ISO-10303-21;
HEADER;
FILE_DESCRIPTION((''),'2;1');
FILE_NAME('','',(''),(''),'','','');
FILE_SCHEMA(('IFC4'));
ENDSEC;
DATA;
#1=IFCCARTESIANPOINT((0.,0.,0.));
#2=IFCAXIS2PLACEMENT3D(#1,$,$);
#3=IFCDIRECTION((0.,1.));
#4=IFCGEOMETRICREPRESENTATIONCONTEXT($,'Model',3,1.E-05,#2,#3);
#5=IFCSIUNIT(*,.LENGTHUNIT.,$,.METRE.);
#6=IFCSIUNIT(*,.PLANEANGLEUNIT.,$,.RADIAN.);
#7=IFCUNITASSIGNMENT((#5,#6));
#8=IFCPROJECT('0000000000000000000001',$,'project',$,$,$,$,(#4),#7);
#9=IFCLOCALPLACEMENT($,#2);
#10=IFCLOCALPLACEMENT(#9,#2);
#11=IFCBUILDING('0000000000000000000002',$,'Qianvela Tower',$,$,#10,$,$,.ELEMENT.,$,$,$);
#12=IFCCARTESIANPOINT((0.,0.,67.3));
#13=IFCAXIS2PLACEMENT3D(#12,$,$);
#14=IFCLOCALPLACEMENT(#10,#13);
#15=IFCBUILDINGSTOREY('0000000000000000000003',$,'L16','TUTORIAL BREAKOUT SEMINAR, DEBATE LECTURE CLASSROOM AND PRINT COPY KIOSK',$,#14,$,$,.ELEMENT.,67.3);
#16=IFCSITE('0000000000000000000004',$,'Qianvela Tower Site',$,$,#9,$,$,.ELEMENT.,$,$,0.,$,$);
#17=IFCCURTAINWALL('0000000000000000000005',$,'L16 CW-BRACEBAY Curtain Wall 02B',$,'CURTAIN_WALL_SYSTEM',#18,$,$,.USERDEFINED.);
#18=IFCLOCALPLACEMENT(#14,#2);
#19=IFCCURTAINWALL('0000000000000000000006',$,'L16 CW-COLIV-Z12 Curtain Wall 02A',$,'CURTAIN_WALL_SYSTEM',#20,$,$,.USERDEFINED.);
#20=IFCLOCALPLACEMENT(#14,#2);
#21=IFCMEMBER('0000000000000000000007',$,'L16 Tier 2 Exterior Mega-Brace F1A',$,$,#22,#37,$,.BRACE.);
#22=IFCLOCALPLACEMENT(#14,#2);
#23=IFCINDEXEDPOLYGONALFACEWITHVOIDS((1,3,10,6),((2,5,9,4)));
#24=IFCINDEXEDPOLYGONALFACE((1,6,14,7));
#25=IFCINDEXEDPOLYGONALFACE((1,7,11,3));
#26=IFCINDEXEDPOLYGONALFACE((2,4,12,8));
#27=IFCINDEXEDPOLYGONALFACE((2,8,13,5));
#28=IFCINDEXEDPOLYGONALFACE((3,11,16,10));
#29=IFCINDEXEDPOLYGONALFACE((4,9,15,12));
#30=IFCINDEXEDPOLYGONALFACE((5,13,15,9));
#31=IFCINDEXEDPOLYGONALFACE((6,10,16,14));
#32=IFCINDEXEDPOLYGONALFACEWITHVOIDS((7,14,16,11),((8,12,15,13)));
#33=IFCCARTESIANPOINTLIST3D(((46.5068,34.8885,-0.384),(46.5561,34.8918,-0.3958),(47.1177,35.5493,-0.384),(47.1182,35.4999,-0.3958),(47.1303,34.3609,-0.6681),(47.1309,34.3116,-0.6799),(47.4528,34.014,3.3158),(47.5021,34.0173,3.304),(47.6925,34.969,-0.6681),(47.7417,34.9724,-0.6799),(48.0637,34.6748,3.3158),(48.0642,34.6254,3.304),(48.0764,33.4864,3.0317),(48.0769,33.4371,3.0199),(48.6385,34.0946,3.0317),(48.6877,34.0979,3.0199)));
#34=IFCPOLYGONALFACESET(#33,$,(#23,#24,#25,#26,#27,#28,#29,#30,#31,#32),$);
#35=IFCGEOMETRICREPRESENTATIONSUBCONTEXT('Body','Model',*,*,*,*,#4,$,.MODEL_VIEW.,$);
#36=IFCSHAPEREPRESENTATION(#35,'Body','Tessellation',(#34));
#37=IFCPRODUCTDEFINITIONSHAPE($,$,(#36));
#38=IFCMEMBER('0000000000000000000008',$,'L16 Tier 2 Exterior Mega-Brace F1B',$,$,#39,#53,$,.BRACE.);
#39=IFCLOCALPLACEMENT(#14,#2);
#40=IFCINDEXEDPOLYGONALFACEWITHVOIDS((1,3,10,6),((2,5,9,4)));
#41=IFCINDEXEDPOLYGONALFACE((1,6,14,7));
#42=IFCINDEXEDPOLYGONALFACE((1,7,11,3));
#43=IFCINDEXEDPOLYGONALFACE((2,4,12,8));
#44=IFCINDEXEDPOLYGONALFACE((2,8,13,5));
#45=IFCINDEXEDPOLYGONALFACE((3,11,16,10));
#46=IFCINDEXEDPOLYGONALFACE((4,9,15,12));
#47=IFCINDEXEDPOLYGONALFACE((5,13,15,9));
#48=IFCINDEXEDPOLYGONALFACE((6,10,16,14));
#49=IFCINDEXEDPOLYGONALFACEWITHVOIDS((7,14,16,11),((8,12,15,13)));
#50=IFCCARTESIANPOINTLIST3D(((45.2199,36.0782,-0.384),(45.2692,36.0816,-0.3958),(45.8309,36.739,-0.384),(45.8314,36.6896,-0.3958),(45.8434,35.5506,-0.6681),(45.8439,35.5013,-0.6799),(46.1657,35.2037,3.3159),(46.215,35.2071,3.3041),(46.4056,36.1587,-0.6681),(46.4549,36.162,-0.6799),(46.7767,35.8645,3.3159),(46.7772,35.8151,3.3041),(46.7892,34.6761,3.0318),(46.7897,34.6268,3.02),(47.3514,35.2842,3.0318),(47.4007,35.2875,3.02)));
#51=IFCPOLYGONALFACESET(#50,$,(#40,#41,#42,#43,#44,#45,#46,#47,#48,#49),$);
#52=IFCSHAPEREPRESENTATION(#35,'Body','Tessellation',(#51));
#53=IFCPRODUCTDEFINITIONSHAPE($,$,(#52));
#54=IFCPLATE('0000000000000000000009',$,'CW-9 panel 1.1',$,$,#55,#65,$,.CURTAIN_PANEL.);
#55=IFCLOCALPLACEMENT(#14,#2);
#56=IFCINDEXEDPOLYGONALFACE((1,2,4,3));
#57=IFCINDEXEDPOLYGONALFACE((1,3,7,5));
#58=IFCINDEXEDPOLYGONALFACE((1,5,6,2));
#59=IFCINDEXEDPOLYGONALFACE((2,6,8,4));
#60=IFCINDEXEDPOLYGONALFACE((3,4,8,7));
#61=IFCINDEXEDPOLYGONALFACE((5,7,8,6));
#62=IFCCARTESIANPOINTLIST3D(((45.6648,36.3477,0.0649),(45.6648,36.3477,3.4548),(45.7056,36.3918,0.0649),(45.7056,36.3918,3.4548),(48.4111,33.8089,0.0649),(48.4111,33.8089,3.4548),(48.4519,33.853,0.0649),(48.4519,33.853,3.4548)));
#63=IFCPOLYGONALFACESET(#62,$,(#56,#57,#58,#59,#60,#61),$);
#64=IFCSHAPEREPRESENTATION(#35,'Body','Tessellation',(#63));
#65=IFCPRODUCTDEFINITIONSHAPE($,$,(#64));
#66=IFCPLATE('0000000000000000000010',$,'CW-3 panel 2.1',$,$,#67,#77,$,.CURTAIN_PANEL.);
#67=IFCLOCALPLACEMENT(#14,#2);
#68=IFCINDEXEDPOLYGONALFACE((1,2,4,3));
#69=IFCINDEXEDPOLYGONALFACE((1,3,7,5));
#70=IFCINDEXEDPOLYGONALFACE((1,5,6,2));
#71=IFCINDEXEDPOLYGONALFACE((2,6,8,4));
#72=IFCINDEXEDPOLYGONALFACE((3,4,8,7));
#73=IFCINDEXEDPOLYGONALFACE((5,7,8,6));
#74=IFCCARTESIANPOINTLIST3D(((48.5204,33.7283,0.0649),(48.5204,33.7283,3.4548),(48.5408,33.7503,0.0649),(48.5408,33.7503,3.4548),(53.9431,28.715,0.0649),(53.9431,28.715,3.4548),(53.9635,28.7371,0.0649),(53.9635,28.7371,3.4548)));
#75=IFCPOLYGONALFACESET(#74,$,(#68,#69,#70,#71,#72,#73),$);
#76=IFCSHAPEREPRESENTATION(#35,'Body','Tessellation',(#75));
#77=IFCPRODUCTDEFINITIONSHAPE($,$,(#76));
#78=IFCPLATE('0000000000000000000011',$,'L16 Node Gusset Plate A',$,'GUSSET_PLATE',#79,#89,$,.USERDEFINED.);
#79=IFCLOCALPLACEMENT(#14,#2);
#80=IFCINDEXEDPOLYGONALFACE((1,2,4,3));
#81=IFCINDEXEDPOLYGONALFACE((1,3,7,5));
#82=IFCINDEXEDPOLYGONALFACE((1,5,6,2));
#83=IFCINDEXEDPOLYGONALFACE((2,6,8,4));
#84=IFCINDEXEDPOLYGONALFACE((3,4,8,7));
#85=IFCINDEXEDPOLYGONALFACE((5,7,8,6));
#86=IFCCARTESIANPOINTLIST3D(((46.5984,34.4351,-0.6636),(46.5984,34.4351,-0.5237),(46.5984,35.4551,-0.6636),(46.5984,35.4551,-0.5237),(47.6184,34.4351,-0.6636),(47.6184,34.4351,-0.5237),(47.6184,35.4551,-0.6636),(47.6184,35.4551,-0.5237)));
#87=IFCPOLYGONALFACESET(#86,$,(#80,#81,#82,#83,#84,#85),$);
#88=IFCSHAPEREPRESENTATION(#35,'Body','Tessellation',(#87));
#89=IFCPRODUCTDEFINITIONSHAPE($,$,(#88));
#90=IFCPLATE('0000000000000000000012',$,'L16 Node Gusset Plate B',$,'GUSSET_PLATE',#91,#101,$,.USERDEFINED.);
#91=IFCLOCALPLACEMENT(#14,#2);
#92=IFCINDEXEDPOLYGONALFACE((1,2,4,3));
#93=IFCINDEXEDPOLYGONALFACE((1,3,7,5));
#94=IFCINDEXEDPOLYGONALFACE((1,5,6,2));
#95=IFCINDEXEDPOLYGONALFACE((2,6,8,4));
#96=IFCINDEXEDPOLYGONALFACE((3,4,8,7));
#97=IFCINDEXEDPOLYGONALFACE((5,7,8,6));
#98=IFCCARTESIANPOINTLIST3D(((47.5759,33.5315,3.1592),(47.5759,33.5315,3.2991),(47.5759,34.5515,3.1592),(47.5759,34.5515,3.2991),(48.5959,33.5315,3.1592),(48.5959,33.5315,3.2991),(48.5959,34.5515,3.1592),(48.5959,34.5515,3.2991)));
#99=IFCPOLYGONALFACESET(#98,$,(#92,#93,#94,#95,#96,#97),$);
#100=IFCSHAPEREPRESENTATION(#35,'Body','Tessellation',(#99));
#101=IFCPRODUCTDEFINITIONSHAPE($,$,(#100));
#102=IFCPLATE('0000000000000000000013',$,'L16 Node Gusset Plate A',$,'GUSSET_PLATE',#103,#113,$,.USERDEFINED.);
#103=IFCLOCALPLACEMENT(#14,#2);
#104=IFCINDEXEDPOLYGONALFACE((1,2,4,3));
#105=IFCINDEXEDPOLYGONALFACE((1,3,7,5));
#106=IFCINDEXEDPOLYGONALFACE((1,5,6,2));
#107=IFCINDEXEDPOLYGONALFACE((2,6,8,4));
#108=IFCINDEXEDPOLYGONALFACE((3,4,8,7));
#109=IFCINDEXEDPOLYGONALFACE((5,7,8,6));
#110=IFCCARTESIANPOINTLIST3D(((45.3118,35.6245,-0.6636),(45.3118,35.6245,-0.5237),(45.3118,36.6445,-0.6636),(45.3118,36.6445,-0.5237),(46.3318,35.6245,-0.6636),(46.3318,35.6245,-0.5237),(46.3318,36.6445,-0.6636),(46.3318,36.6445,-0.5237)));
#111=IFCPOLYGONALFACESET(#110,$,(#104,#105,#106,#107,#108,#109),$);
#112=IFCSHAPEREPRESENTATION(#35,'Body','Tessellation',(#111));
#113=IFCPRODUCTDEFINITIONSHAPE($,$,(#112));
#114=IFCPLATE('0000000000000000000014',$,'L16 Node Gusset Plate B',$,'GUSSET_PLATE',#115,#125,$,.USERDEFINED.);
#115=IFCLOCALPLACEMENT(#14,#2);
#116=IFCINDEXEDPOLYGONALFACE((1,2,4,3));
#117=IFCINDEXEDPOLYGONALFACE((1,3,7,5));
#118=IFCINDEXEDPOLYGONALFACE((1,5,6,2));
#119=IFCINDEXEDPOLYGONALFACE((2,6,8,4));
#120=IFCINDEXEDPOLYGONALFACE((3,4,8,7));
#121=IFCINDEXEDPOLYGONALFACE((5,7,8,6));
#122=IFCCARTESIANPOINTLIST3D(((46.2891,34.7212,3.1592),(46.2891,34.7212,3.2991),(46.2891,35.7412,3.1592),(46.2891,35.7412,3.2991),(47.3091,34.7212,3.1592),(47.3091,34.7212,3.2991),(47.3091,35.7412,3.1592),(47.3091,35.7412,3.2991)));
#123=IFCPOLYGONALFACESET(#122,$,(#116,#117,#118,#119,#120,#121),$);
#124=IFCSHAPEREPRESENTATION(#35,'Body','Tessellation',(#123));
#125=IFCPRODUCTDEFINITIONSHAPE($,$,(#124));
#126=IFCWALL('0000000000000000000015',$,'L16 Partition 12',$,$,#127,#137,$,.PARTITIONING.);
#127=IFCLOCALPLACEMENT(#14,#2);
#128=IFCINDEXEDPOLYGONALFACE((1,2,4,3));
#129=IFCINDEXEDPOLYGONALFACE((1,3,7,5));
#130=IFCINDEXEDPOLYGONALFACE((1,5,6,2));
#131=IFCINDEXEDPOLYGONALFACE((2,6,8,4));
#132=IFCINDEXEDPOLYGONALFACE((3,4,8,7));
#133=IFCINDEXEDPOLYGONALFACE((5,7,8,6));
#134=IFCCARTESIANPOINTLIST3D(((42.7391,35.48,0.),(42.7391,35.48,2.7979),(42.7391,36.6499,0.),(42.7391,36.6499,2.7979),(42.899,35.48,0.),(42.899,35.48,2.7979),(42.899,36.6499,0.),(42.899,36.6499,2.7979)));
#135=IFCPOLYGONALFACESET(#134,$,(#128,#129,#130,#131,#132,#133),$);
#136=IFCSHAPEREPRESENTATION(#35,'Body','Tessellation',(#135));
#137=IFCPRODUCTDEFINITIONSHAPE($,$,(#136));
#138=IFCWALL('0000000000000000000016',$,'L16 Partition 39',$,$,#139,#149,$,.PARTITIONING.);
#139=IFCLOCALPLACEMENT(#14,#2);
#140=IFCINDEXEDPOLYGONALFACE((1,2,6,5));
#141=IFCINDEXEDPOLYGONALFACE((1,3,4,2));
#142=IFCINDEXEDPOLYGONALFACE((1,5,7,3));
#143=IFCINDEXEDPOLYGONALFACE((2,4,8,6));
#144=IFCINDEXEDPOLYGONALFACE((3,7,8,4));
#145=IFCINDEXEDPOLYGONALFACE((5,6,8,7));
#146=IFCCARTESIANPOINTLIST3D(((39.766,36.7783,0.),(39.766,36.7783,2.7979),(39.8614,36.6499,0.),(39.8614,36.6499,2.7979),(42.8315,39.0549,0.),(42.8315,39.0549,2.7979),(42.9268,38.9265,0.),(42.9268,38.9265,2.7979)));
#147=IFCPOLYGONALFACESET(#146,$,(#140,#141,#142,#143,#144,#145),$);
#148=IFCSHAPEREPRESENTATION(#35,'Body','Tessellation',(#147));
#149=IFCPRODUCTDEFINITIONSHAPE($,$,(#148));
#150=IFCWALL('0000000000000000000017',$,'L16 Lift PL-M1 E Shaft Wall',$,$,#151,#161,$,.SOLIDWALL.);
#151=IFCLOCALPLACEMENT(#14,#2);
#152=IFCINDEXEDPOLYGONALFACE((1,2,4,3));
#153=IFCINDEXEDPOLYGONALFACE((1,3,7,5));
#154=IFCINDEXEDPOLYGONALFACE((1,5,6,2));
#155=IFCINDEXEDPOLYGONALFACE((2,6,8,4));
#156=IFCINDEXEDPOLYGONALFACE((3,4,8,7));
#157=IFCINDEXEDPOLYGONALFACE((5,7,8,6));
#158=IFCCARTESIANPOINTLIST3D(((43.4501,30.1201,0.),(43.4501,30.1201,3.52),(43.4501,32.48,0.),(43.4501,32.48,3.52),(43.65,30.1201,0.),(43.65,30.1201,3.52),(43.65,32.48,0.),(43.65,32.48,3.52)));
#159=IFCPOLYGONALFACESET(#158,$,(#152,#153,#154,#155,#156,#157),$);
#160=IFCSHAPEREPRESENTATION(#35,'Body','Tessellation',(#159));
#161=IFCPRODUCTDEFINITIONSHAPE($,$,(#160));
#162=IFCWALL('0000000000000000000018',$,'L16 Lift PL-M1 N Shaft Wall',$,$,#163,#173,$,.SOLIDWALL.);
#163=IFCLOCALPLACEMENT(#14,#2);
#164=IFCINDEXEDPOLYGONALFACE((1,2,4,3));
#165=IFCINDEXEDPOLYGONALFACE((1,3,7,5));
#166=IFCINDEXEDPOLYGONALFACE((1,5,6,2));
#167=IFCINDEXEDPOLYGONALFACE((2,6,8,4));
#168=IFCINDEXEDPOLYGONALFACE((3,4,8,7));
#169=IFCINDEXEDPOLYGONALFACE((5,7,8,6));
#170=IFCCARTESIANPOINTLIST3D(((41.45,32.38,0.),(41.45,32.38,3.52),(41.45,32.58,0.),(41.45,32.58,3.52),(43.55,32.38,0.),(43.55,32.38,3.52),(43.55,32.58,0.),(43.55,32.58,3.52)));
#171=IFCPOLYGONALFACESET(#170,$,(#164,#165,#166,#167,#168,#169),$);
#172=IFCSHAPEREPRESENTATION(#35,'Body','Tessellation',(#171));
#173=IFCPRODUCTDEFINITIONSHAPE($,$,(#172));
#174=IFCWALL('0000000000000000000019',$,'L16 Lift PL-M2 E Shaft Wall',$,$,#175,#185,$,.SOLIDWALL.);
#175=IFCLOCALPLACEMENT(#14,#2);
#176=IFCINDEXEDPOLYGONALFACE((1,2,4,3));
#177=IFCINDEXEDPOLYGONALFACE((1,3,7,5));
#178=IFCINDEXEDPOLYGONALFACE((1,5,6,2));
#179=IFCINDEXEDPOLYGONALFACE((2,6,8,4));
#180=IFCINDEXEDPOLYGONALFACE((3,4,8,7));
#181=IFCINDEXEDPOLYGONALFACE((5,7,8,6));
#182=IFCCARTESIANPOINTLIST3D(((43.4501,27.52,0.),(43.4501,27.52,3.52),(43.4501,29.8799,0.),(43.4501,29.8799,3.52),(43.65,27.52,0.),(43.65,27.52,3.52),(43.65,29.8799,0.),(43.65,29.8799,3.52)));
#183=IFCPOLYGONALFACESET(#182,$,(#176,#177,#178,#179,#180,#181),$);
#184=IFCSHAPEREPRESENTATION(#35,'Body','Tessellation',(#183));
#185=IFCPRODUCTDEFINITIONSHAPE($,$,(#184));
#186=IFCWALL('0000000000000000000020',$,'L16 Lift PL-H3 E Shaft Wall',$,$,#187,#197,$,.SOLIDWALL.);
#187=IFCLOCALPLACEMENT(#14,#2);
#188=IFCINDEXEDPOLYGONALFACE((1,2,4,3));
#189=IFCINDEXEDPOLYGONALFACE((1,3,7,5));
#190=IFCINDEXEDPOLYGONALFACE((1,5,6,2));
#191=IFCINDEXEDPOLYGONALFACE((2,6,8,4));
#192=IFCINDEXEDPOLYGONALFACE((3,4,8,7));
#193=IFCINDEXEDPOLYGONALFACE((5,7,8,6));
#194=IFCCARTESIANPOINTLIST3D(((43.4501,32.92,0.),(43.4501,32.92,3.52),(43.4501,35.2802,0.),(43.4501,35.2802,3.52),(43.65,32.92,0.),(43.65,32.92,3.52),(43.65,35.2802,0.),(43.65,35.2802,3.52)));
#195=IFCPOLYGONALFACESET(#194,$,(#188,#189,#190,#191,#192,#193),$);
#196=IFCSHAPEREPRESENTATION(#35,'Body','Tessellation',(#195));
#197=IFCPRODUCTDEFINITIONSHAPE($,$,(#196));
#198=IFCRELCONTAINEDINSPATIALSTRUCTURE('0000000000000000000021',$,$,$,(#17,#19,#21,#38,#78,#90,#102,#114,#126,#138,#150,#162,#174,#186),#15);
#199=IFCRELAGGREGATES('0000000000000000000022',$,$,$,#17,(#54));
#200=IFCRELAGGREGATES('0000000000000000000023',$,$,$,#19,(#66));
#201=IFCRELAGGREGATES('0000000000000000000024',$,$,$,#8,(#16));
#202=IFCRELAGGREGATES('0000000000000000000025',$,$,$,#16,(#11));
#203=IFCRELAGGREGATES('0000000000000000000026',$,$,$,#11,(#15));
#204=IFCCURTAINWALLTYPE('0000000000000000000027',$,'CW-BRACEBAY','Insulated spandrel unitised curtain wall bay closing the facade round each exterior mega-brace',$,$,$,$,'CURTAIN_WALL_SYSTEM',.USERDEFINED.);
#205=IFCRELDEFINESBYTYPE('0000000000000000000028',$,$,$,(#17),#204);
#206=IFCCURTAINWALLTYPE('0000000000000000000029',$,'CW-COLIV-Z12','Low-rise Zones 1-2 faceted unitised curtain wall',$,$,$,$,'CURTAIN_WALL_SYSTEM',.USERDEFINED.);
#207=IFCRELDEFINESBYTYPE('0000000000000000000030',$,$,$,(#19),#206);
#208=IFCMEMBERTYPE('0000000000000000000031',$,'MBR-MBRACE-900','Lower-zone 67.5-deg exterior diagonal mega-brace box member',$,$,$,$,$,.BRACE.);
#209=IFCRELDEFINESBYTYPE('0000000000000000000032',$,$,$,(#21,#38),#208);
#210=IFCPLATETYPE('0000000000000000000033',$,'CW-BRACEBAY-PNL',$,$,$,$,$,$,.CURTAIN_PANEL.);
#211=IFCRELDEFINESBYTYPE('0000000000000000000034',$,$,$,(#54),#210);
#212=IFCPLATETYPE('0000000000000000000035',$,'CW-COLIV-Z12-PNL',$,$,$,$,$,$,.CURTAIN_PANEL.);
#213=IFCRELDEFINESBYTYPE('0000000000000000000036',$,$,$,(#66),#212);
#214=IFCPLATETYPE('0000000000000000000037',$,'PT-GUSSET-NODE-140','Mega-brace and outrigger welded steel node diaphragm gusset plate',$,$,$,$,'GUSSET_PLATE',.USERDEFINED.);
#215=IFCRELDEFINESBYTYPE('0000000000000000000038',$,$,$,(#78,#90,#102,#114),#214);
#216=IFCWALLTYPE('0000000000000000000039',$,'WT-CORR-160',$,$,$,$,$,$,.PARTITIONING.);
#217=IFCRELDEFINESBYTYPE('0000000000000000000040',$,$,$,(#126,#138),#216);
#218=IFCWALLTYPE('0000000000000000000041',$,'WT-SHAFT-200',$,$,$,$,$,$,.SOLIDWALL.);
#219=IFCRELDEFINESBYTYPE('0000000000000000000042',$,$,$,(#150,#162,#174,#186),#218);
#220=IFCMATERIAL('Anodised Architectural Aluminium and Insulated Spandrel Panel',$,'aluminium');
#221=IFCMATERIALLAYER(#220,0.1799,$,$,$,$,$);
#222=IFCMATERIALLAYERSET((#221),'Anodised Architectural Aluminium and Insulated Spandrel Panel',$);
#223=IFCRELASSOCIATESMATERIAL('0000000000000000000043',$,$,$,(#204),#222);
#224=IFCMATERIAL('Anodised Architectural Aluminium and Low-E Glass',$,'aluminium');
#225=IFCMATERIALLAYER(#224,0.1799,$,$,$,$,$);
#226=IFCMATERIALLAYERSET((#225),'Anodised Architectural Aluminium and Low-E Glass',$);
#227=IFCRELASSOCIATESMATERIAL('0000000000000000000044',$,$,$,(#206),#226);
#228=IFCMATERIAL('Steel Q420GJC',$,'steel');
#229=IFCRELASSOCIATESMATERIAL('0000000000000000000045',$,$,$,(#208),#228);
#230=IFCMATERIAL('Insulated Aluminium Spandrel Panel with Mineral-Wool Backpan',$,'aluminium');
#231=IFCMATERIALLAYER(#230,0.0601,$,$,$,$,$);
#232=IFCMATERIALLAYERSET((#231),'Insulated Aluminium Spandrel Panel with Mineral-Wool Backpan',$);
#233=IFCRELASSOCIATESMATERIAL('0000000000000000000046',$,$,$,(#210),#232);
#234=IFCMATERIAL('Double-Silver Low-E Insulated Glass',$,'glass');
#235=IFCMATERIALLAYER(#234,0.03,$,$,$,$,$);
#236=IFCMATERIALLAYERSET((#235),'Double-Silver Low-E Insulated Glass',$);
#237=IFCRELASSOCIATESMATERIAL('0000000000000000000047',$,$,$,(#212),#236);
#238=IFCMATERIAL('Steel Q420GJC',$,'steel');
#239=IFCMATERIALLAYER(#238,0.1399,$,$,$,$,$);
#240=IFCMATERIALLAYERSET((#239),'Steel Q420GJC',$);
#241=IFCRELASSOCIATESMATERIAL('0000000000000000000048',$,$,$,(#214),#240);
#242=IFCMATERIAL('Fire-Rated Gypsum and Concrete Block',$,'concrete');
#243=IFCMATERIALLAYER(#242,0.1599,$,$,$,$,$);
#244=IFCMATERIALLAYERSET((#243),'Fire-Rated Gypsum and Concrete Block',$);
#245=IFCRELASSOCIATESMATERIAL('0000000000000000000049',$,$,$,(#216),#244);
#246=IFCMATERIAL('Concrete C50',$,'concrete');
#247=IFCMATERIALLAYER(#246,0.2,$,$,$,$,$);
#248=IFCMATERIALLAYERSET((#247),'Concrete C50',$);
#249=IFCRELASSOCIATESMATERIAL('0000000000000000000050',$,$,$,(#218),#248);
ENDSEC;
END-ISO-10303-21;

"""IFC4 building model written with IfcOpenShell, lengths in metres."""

from ifc_helpers import new_model, si_unit, direction, frame, frame_2d, origin, origin_2d, place, context, subcontext, project, spatial, rectangle, hollow_rectangle, extrude, material, layer, layer_set, material_profile, profile_set, type_object, element, aggregate, save


model = new_model("IFC4")

# Units and contexts
model_context = context("Model", 3, precision=1e-05, world=origin(), true_north=direction((0.0, 1.0)))
body_context = subcontext(model_context, "Body", "Model", "MODEL_VIEW")
ifc_project = project(units=[si_unit("LENGTHUNIT", "METRE"), si_unit("PLANEANGLEUNIT", "RADIAN")], contexts=[model_context])

# Site, building, storey
site_placement = place(None, origin())
site = spatial("IfcSite", under=ifc_project, at=site_placement, Name="Qianvela Tower Site", CompositionType="ELEMENT", RefElevation=0.0)
building_placement = place(site_placement, origin())
building = spatial("IfcBuilding", under=site, at=building_placement, Name="Qianvela Tower", CompositionType="ELEMENT")
storey_placement = place(building_placement, frame((0.0, 0.0, 67.3)))
storey = spatial("IfcBuildingStorey", under=building, at=storey_placement, Name="L16", Description="TUTORIAL BREAKOUT SEMINAR, DEBATE LECTURE CLASSROOM AND PRINT COPY KIOSK", CompositionType="ELEMENT", Elevation=67.3)

# Curtain walls
ifc_material_1 = material(Name="Anodised Architectural Aluminium and Insulated Spandrel Panel", Category="aluminium")
ifc_layer_1 = layer(ifc_material_1, 0.1799)
ifc_layer_set_1 = layer_set([ifc_layer_1], Name="Anodised Architectural Aluminium and Insulated Spandrel Panel")
curtain_wall_type_1 = type_object("IfcCurtainWallType", Name="CW-BRACEBAY", Description="Insulated spandrel unitised curtain wall bay closing the facade round each exterior mega-brace", ElementType="CURTAIN_WALL_SYSTEM", PredefinedType="USERDEFINED", material=ifc_layer_set_1)
curtain_wall_1_placement = place(storey_placement, origin())
curtain_wall_1 = element("IfcCurtainWall", 1, at=curtain_wall_1_placement, inside=storey, type_object=curtain_wall_type_1, Name="L16 CW-BRACEBAY Curtain Wall 02B", ObjectType="CURTAIN_WALL_SYSTEM", PredefinedType="USERDEFINED")
ifc_material_2 = material(Name="Anodised Architectural Aluminium and Low-E Glass", Category="aluminium")
ifc_layer_2 = layer(ifc_material_2, 0.1799)
ifc_layer_set_2 = layer_set([ifc_layer_2], Name="Anodised Architectural Aluminium and Low-E Glass")
curtain_wall_type_2 = type_object("IfcCurtainWallType", Name="CW-COLIV-Z12", Description="Low-rise Zones 1-2 faceted unitised curtain wall", ElementType="CURTAIN_WALL_SYSTEM", PredefinedType="USERDEFINED", material=ifc_layer_set_2)
curtain_wall_2_placement = place(storey_placement, origin())
curtain_wall_2 = element("IfcCurtainWall", 2, at=curtain_wall_2_placement, inside=storey, type_object=curtain_wall_type_2, Name="L16 CW-COLIV-Z12 Curtain Wall 02A", ObjectType="CURTAIN_WALL_SYSTEM", PredefinedType="USERDEFINED")

# Members
ifc_material_3 = material(Name="Steel Q420GJC", Category="steel")
ifc_material_profile_1 = material_profile(ifc_material_3, hollow_rectangle(XDim=0.8999, YDim=0.8999, WallThickness=0.0359, at=origin_2d()), Name="MBOX-900x900x36")
ifc_profile_set_1 = profile_set([ifc_material_profile_1], Name="Steel Q420GJC")
member_type_1 = type_object("IfcMemberType", Name="MBR-MBRACE-900", Description="Lower-zone 67.5-deg exterior diagonal mega-brace box member", PredefinedType="BRACE", material=ifc_profile_set_1)
for number, where, z_axis, x_axis, name in (
    (3, (47.1243, 34.9304, -0.532), (0.241472, -0.223213, 0.944387), (0.678799, 0.734324, 0.0), "L16 Tier 2 Exterior Mega-Brace F1A"),
    (4, (45.8374, 36.1201, -0.532), (0.241413, -0.223217, 0.944402), (0.678894, 0.734236, 0.0), "L16 Tier 2 Exterior Mega-Brace F1B"),
):
    element("IfcMember", number, at=place(storey_placement, frame(where, z_axis=z_axis, x_axis=x_axis)), inside=storey, type_object=member_type_1, Name=name, PredefinedType="BRACE", context=body_context, shape_type="SweptSolid", body=[
        extrude(hollow_rectangle(XDim=0.8999, YDim=0.8999, WallThickness=0.0359, at=origin_2d()), origin(), (0.0, 0.0, 1.0), 3.9177),
    ])

# Plates
ifc_material_4 = material(Name="Insulated Aluminium Spandrel Panel with Mineral-Wool Backpan", Category="aluminium")
ifc_layer_3 = layer(ifc_material_4, 0.0601)
ifc_layer_set_3 = layer_set([ifc_layer_3], Name="Insulated Aluminium Spandrel Panel with Mineral-Wool Backpan")
plate_type_1 = type_object("IfcPlateType", Name="CW-BRACEBAY-PNL", PredefinedType="CURTAIN_PANEL", material=ifc_layer_set_3)
plate_1_placement = place(storey_placement, frame((47.0583, 35.1003, 0.0649), z_axis=(0.0, 0.0, 1.0), x_axis=(-0.734289, 0.678837, 0.0)))
plate_1 = element("IfcPlate", 5, at=plate_1_placement, type_object=plate_type_1, Name="CW-9 panel 1.1", PredefinedType="CURTAIN_PANEL", context=body_context, shape_type="SweptSolid", body=[
    extrude(rectangle(XDim=3.74, YDim=0.0601, at=origin_2d()), origin(), (0.0, 0.0, 1.0), 3.3899),
])
aggregate(curtain_wall_1, [plate_1])
ifc_material_5 = material(Name="Double-Silver Low-E Insulated Glass", Category="glass")
ifc_layer_4 = layer(ifc_material_5, 0.03)
ifc_layer_set_4 = layer_set([ifc_layer_4], Name="Double-Silver Low-E Insulated Glass")
plate_type_2 = type_object("IfcPlateType", Name="CW-COLIV-Z12-PNL", PredefinedType="CURTAIN_PANEL", material=ifc_layer_set_4)
plate_2_placement = place(storey_placement, frame((51.2419, 31.2327, 0.0649), z_axis=(0.0, 0.0, 1.0), x_axis=(-0.734283, 0.678843, 0.0)))
plate_2 = element("IfcPlate", 6, at=plate_2_placement, type_object=plate_type_2, Name="CW-3 panel 2.1", PredefinedType="CURTAIN_PANEL", context=body_context, shape_type="SweptSolid", body=[
    extrude(rectangle(XDim=7.385, YDim=0.03, at=origin_2d()), origin(), (0.0, 0.0, 1.0), 3.3899),
])
aggregate(curtain_wall_2, [plate_2])

# Plates
ifc_material_6 = material(Name="Steel Q420GJC", Category="steel")
ifc_layer_5 = layer(ifc_material_6, 0.1399)
ifc_layer_set_5 = layer_set([ifc_layer_5], Name="Steel Q420GJC")
plate_type_3 = type_object("IfcPlateType", Name="PT-GUSSET-NODE-140", Description="Mega-brace and outrigger welded steel node diaphragm gusset plate", ElementType="GUSSET_PLATE", PredefinedType="USERDEFINED", material=ifc_layer_set_5)
for number, where, z_axis, x_axis, name in (
    (7, (47.1084, 34.9451, -0.6636), (0.0, 0.0, 1.0), (1.0, 0.0, 0.0), "L16 Node Gusset Plate A"),
    (8, (48.0859, 34.0415, 3.1592), (0.0, 0.0, 1.0), (1.0, 0.0, 0.0), "L16 Node Gusset Plate B"),
    (9, (45.8218, 36.1345, -0.6636), (0.0, 0.0, 1.0), (1.0, 0.0, 0.0), "L16 Node Gusset Plate A"),
    (10, (46.7991, 35.2312, 3.1592), (0.0, 0.0, 1.0), (1.0, 0.0, 0.0), "L16 Node Gusset Plate B"),
):
    element("IfcPlate", number, at=place(storey_placement, frame(where, z_axis=z_axis, x_axis=x_axis)), inside=storey, type_object=plate_type_3, Name=name, ObjectType="GUSSET_PLATE", PredefinedType="USERDEFINED", context=body_context, shape_type="SweptSolid", body=[
        extrude(rectangle(XDim=1.02, YDim=1.02, at=origin_2d()), origin(), (0.0, 0.0, 1.0), 0.1399),
    ])

# Walls
ifc_material_7 = material(Name="Fire-Rated Gypsum and Concrete Block", Category="concrete")
ifc_layer_6 = layer(ifc_material_7, 0.1599)
ifc_layer_set_6 = layer_set([ifc_layer_6], Name="Fire-Rated Gypsum and Concrete Block")
wall_type_1 = type_object("IfcWallType", Name="WT-CORR-160", PredefinedType="PARTITIONING", material=ifc_layer_set_6)
wall_1_placement = place(storey_placement, frame((42.8191, 36.6499, 0.0), z_axis=(0.0, 0.0, 1.0), x_axis=(0.0, -1.0, 0.0)))
element("IfcWall", 11, at=wall_1_placement, inside=storey, type_object=wall_type_1, Name="L16 Partition 12", PredefinedType="PARTITIONING", context=body_context, shape_type="SweptSolid", body=[
    extrude(rectangle(XDim=1.1699, YDim=0.1599, at=frame_2d((0.585, 0.0))), origin(), (0.0, 0.0, 1.0), 2.7979),
])
wall_2_placement = place(storey_placement, frame((42.8792, 38.9907, 0.0), z_axis=(0.0, 0.0, 1.0), x_axis=(-0.802815, -0.596229, 0.0)))
element("IfcWall", 12, at=wall_2_placement, inside=storey, type_object=wall_type_1, Name="L16 Partition 39", PredefinedType="PARTITIONING", context=body_context, shape_type="SweptSolid", body=[
    extrude(rectangle(XDim=3.8184, YDim=0.1599, at=frame_2d((1.9092, 0.0))), origin(), (0.0, 0.0, 1.0), 2.7979),
])
ifc_material_8 = material(Name="Concrete C50", Category="concrete")
ifc_layer_7 = layer(ifc_material_8, 0.2)
ifc_layer_set_7 = layer_set([ifc_layer_7], Name="Concrete C50")
wall_type_2 = type_object("IfcWallType", Name="WT-SHAFT-200", PredefinedType="SOLIDWALL", material=ifc_layer_set_7)
wall_3_placement = place(storey_placement, frame((43.55, 30.1201, 0.0), z_axis=(0.0, 0.0, 1.0), x_axis=(0.0, 1.0, 0.0)))
element("IfcWall", 13, at=wall_3_placement, inside=storey, type_object=wall_type_2, Name="L16 Lift PL-M1 E Shaft Wall", PredefinedType="SOLIDWALL", context=body_context, shape_type="SweptSolid", body=[
    extrude(rectangle(XDim=2.3599, YDim=0.2, at=frame_2d((1.1799, 0.0))), origin(), (0.0, 0.0, 1.0), 3.52),
])
wall_4_placement = place(storey_placement, frame((41.45, 32.48, 0.0), z_axis=(0.0, 0.0, 1.0), x_axis=(1.0, 0.0, 0.0)))
element("IfcWall", 14, at=wall_4_placement, inside=storey, type_object=wall_type_2, Name="L16 Lift PL-M1 N Shaft Wall", PredefinedType="SOLIDWALL", context=body_context, shape_type="SweptSolid", body=[
    extrude(rectangle(XDim=2.1001, YDim=0.2, at=frame_2d((1.05, 0.0))), origin(), (0.0, 0.0, 1.0), 3.52),
])
wall_5_placement = place(storey_placement, frame((43.55, 27.52, 0.0), z_axis=(0.0, 0.0, 1.0), x_axis=(0.0, 1.0, 0.0)))
element("IfcWall", 15, at=wall_5_placement, inside=storey, type_object=wall_type_2, Name="L16 Lift PL-M2 E Shaft Wall", PredefinedType="SOLIDWALL", context=body_context, shape_type="SweptSolid", body=[
    extrude(rectangle(XDim=2.3599, YDim=0.2, at=frame_2d((1.1799, 0.0))), origin(), (0.0, 0.0, 1.0), 3.52),
])
for number, where, z_axis, x_axis, name in (
    (16, (43.55, 32.9199, 0.0), (0.0, 0.0, 1.0), (0.0, 1.0, 0.0), "L16 Lift PL-H3 E Shaft Wall"),
):
    element("IfcWall", number, at=place(storey_placement, frame(where, z_axis=z_axis, x_axis=x_axis)), inside=storey, type_object=wall_type_2, Name=name, PredefinedType="SOLIDWALL", context=body_context, shape_type="SweptSolid", body=[
        extrude(rectangle(XDim=2.3601, YDim=0.2, at=frame_2d((1.1802, 0.0))), origin(), (0.0, 0.0, 1.0), 3.52),
    ])

save(model, "model.ifc")
